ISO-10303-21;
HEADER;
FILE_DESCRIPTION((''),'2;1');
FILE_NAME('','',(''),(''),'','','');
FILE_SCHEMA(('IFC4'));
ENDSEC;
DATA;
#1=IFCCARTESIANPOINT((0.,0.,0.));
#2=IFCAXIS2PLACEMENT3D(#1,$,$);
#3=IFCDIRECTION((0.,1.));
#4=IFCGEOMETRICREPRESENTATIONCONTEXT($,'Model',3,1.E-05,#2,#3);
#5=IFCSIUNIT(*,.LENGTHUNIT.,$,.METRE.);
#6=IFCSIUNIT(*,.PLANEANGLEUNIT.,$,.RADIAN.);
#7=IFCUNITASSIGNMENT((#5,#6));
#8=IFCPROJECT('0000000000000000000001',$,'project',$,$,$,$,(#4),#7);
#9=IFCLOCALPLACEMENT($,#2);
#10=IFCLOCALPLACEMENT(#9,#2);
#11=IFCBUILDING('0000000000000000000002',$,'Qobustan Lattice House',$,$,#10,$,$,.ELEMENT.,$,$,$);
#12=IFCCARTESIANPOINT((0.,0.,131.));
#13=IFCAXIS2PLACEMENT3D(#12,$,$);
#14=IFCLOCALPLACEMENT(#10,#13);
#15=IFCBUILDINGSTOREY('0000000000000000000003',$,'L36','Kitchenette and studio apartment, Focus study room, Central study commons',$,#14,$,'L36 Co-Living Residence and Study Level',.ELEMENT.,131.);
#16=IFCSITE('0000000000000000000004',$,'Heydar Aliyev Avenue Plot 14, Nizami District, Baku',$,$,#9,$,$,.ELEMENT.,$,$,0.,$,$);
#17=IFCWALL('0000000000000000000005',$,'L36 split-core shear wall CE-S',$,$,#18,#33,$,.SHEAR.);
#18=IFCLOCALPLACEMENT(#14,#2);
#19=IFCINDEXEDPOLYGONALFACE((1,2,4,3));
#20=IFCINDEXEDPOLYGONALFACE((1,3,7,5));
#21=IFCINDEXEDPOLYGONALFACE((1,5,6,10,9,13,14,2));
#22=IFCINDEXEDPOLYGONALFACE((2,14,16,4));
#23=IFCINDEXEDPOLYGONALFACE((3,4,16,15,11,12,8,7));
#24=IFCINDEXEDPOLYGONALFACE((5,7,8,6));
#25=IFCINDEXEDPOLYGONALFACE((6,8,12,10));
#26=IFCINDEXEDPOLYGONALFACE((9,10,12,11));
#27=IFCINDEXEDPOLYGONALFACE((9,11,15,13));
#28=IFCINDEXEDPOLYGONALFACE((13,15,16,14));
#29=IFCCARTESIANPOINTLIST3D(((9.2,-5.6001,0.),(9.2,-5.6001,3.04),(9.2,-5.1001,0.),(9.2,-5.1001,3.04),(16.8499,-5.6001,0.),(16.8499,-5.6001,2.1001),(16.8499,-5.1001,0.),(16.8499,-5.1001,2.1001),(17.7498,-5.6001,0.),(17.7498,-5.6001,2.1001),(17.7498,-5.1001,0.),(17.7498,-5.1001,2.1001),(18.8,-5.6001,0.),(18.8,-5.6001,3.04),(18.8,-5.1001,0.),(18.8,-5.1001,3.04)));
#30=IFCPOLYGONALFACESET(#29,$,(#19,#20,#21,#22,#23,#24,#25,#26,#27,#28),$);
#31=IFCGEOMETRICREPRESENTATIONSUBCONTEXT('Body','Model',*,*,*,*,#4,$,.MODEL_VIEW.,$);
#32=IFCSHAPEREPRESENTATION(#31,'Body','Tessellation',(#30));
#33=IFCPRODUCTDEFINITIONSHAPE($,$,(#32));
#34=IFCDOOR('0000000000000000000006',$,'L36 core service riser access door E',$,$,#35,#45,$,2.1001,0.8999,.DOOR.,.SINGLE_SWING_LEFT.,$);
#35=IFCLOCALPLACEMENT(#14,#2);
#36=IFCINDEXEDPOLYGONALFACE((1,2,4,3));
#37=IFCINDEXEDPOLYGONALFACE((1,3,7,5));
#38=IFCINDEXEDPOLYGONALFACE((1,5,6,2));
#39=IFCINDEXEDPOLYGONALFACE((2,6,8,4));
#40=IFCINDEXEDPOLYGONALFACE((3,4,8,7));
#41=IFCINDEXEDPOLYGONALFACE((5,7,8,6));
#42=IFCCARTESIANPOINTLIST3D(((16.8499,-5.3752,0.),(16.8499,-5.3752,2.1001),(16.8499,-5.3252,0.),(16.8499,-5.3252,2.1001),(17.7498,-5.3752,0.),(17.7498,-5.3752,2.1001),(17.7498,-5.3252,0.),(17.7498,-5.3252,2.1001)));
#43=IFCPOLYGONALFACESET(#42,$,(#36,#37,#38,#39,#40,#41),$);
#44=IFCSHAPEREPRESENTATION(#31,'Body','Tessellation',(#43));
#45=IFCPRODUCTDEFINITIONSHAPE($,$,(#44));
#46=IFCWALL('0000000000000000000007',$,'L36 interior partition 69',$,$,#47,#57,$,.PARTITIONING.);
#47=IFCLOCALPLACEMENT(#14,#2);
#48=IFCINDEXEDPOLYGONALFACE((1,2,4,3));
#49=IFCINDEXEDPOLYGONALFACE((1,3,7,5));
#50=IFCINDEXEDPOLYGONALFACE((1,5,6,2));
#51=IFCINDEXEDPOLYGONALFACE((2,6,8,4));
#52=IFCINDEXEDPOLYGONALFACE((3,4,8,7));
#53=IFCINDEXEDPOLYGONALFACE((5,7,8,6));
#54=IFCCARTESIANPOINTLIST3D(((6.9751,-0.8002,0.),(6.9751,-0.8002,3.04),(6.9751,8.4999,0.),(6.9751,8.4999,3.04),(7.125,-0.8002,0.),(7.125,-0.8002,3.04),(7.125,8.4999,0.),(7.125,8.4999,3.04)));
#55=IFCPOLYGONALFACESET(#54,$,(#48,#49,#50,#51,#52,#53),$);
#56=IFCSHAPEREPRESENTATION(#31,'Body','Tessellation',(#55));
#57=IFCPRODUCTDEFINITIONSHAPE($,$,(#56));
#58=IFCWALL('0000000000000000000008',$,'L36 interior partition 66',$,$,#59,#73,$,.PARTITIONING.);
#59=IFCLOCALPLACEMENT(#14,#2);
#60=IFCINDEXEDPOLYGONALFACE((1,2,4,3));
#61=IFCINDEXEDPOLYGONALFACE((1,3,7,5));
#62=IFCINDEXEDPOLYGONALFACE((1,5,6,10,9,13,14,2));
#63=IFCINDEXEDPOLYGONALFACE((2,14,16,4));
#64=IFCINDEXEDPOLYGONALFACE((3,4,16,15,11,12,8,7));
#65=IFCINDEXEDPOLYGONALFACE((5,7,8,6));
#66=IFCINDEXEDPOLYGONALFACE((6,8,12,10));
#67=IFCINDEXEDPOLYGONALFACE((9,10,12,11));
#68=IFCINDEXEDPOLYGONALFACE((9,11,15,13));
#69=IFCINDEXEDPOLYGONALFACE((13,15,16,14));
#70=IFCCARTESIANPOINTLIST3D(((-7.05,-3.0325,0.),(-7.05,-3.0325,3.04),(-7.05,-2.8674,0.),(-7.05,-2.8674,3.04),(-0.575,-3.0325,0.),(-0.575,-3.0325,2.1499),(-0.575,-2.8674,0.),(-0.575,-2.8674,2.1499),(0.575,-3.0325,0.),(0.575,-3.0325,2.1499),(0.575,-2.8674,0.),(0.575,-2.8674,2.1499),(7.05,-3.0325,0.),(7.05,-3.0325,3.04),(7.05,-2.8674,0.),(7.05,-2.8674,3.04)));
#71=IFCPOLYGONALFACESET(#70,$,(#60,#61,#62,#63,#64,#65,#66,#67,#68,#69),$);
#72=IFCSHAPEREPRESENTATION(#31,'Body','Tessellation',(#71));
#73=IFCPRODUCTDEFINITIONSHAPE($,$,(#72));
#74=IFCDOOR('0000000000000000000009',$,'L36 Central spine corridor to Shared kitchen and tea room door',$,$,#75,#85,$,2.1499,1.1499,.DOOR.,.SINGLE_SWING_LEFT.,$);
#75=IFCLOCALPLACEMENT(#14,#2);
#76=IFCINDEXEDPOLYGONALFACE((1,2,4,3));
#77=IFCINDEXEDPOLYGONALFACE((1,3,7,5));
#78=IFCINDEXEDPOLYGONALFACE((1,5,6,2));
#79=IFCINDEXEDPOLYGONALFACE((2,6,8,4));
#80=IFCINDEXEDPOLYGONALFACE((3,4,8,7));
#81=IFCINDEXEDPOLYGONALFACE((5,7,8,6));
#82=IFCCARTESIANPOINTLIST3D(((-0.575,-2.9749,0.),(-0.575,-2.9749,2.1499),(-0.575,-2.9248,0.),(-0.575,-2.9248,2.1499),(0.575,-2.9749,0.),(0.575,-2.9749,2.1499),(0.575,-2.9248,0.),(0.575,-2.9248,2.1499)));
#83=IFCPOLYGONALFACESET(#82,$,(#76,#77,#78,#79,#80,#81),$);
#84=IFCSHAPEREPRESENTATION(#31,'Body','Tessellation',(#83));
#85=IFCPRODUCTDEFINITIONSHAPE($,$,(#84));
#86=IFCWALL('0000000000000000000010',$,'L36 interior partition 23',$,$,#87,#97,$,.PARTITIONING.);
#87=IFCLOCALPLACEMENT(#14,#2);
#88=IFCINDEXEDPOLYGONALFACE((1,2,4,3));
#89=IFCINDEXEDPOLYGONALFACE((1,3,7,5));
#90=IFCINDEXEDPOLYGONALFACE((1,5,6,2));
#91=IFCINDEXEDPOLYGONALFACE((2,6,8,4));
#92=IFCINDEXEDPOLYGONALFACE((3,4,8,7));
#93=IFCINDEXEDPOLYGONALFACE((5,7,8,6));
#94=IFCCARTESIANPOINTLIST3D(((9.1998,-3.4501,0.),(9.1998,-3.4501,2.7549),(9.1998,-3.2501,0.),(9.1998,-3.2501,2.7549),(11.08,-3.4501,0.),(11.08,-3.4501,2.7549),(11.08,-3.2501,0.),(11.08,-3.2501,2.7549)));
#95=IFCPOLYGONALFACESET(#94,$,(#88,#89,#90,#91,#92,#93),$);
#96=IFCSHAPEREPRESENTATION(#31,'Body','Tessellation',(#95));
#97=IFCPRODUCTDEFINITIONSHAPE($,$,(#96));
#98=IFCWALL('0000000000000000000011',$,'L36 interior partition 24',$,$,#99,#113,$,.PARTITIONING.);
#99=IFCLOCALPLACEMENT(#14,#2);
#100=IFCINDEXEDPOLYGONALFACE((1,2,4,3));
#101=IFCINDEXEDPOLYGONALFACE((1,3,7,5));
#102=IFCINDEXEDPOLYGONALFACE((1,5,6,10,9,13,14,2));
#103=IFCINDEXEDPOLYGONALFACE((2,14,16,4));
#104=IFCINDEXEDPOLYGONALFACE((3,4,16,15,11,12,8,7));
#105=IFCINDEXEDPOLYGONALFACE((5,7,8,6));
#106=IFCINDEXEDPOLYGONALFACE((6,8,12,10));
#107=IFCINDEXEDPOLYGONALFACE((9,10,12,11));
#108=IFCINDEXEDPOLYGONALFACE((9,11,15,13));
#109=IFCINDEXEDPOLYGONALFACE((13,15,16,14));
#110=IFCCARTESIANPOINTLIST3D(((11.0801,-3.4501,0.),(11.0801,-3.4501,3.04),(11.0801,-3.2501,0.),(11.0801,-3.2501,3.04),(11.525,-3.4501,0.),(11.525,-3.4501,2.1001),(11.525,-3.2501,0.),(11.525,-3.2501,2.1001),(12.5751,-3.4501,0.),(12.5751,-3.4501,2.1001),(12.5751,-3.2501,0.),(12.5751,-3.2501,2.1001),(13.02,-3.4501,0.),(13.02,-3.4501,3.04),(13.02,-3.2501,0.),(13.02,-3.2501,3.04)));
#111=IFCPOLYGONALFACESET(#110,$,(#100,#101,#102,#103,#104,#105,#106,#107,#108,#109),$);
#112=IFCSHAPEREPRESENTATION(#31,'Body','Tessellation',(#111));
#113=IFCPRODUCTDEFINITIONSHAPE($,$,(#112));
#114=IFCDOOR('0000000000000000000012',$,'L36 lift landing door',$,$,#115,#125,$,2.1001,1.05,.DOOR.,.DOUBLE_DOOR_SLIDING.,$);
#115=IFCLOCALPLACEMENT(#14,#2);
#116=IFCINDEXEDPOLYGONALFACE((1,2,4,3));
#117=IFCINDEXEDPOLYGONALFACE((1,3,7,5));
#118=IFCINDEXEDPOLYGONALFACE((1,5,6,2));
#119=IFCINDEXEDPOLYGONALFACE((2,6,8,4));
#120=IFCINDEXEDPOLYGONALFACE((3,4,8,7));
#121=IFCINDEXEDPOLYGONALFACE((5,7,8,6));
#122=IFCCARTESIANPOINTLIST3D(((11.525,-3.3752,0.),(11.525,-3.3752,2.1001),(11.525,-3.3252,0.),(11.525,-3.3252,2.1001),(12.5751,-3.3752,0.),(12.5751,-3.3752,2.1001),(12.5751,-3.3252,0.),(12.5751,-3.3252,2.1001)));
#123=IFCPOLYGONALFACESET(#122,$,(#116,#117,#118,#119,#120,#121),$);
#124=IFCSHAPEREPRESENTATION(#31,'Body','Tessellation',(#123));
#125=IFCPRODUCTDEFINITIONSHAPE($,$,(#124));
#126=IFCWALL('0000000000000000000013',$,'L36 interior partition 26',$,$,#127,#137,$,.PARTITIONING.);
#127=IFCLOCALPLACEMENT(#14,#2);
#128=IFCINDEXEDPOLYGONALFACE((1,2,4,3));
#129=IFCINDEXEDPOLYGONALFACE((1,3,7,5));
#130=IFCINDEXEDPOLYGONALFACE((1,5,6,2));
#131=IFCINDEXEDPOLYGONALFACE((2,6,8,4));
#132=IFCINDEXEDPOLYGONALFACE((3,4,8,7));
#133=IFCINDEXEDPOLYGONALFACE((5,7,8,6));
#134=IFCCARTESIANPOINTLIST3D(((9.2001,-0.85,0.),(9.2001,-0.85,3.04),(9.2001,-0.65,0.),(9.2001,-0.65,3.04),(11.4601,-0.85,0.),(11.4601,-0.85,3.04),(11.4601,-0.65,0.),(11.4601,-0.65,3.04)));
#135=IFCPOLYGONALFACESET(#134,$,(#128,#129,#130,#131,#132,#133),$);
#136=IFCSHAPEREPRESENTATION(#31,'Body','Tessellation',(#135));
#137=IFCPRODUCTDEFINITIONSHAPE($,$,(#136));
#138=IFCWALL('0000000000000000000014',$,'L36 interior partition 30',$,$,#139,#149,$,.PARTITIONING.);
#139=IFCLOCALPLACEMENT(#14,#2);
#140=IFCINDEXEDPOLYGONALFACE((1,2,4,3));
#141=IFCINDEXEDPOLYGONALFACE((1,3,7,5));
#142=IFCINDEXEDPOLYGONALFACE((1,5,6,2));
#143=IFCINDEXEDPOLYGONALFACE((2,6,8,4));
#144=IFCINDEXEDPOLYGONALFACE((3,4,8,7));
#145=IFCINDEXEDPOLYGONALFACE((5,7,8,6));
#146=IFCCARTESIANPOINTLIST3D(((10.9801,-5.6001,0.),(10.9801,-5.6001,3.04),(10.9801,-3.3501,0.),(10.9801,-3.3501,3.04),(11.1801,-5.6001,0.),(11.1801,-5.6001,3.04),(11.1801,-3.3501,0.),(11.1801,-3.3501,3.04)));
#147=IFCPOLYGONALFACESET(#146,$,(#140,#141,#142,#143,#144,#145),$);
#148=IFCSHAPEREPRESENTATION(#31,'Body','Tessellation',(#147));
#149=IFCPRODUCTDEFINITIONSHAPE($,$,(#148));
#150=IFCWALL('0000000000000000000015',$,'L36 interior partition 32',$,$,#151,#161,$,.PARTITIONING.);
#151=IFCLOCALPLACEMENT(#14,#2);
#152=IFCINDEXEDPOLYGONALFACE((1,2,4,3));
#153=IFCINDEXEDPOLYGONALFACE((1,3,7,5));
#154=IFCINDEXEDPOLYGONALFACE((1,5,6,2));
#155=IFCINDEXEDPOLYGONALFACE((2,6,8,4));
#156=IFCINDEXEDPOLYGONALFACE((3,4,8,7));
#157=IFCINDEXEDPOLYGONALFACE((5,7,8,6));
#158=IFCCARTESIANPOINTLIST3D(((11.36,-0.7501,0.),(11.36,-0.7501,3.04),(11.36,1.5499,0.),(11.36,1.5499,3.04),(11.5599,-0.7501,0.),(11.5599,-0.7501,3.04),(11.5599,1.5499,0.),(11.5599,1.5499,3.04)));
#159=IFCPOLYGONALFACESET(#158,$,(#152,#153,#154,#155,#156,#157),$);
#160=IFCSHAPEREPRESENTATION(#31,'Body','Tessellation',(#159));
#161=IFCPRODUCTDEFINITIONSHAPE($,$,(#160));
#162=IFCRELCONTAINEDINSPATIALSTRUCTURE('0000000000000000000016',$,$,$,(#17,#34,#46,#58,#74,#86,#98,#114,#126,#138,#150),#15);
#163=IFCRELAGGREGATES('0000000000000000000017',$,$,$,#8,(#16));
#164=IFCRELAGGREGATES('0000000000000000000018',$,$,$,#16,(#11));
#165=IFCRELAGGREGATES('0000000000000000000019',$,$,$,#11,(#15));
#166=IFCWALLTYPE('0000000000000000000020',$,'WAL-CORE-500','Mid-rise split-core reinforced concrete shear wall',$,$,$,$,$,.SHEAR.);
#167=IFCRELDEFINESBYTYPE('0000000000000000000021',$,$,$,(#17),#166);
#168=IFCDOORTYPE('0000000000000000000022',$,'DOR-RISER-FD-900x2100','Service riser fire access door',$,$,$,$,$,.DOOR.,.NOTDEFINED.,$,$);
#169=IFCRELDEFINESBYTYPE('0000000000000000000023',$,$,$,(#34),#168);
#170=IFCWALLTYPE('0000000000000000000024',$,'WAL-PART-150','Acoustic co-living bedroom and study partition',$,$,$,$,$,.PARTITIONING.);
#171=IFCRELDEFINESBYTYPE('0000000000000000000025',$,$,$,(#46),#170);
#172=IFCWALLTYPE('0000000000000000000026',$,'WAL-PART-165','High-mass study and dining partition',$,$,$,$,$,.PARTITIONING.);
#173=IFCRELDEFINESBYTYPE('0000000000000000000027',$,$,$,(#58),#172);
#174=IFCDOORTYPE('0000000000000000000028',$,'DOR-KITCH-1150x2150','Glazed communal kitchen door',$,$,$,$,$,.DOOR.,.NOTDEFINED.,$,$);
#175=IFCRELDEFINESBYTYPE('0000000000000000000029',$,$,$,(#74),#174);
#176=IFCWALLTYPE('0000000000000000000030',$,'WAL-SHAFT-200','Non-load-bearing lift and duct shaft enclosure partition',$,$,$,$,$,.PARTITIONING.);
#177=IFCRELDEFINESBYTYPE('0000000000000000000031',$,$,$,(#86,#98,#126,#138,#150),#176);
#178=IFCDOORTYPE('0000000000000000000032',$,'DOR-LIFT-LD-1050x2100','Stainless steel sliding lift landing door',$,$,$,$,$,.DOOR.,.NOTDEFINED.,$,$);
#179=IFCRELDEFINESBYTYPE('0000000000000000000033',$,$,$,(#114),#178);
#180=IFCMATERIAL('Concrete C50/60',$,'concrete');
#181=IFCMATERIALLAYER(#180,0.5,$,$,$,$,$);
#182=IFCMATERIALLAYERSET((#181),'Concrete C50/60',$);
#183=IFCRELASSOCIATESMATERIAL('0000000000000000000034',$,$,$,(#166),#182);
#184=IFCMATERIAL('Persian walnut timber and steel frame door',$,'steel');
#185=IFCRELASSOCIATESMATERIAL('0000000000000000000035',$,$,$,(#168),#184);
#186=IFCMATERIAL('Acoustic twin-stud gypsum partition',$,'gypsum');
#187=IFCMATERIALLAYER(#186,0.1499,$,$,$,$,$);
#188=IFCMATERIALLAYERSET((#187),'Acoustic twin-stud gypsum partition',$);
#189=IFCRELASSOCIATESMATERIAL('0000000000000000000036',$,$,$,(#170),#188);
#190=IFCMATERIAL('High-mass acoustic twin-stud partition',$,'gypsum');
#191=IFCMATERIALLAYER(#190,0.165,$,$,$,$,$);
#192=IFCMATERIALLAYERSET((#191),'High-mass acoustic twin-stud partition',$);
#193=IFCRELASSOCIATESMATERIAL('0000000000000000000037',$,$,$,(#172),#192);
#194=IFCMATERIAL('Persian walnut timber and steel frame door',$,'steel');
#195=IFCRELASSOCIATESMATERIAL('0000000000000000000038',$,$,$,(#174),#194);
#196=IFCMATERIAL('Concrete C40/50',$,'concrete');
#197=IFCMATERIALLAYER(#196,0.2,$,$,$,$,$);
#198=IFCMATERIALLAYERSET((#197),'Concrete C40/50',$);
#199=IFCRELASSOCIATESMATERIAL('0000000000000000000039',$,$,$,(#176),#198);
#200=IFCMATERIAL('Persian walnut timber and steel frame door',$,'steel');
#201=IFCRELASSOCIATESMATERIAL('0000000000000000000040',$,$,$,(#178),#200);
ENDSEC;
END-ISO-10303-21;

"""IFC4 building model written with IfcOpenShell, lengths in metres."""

from ifc_helpers import new_model, si_unit, direction, frame, frame_2d, origin, place, context, subcontext, project, spatial, rectangle, extrude, material, layer, layer_set, type_object, element, fill, save


model = new_model("IFC4")

# Units and contexts
model_context = context("Model", 3, precision=1e-05, world=origin(), true_north=direction((0.0, 1.0)))
body_context = subcontext(model_context, "Body", "Model", "MODEL_VIEW")
ifc_project = project(units=[si_unit("LENGTHUNIT", "METRE"), si_unit("PLANEANGLEUNIT", "RADIAN")], contexts=[model_context])

# Site, building, storey
site_placement = place(None, origin())
site = spatial("IfcSite", under=ifc_project, at=site_placement, Name="Heydar Aliyev Avenue Plot 14, Nizami District, Baku", CompositionType="ELEMENT", RefElevation=0.0)
building_placement = place(site_placement, origin())
building = spatial("IfcBuilding", under=site, at=building_placement, Name="Qobustan Lattice House", CompositionType="ELEMENT")
storey_placement = place(building_placement, frame((0.0, 0.0, 131.0)))
storey = spatial("IfcBuildingStorey", under=building, at=storey_placement, Name="L36", Description="Kitchenette and studio apartment, Focus study room, Central study commons", LongName="L36 Co-Living Residence and Study Level", CompositionType="ELEMENT", Elevation=131.0)

# Wall, opening, door
ifc_material_1 = material(Name="Concrete C50/60", Category="concrete")
ifc_layer_1 = layer(ifc_material_1, 0.5)
ifc_layer_set_1 = layer_set([ifc_layer_1], Name="Concrete C50/60")
wall_type_1 = type_object("IfcWallType", Name="WAL-CORE-500", Description="Mid-rise split-core reinforced concrete shear wall", PredefinedType="SHEAR", material=ifc_layer_set_1)
wall_1_placement = place(storey_placement, frame((9.2, -5.3501, 0.0), z_axis=(0.0, 0.0, 1.0), x_axis=(1.0, 0.0, 0.0)))
wall_1 = element("IfcWall", 1, at=wall_1_placement, inside=storey, type_object=wall_type_1, Name="L36 split-core shear wall CE-S", PredefinedType="SHEAR", context=body_context, shape_type="SweptSolid", body=[
    extrude(rectangle(XDim=9.6001, YDim=0.5, at=frame_2d((4.8, 0.0))), origin(), (0.0, 0.0, 1.0), 3.04),
])
opening_1_placement = place(wall_1_placement, frame((7.6499, 0.0, 0.0)))
opening_1 = element("IfcOpeningElement", 2, at=opening_1_placement, cuts=wall_1, PredefinedType="OPENING", context=body_context, shape_type="SweptSolid", body=[
    extrude(rectangle(XDim=0.8999, YDim=2.1001, at=frame_2d((0.45, 1.05))), frame((0.0, 0.26, 0.0), z_axis=(0.0, -1.0, 0.0), x_axis=(1.0, 0.0, 0.0)), (0.0, 0.0, 1.0), 0.52),
])
ifc_material_2 = material(Name="Persian walnut timber and steel frame door", Category="steel")
door_type_1 = type_object("IfcDoorType", Name="DOR-RISER-FD-900x2100", Description="Service riser fire access door", OperationType="NOTDEFINED", PredefinedType="DOOR", material=ifc_material_2)
door_1_placement = place(opening_1_placement, origin())
door_1 = element("IfcDoor", 3, at=door_1_placement, inside=storey, type_object=door_type_1, Name="L36 core service riser access door E", OperationType="SINGLE_SWING_LEFT", OverallHeight=2.1001, OverallWidth=0.8999, PredefinedType="DOOR", context=body_context, shape_type="SweptSolid", body=[
    extrude(rectangle(XDim=0.8999, YDim=2.1001, at=frame_2d((0.45, 1.05))), frame((0.0, 0.0249, 0.0), z_axis=(0.0, -1.0, 0.0), x_axis=(1.0, 0.0, 0.0)), (0.0, 0.0, 1.0), 0.05),
])
fill(opening_1, door_1)

# Wall
ifc_material_3 = material(Name="Acoustic twin-stud gypsum partition", Category="gypsum")
ifc_layer_2 = layer(ifc_material_3, 0.1499)
ifc_layer_set_2 = layer_set([ifc_layer_2], Name="Acoustic twin-stud gypsum partition")
wall_type_2 = type_object("IfcWallType", Name="WAL-PART-150", Description="Acoustic co-living bedroom and study partition", PredefinedType="PARTITIONING", material=ifc_layer_set_2)
wall_2_placement = place(storey_placement, frame((7.05, -0.8, 0.0), z_axis=(0.0, 0.0, 1.0), x_axis=(0.0, 1.0, 0.0)))
element("IfcWall", 4, at=wall_2_placement, inside=storey, type_object=wall_type_2, Name="L36 interior partition 69", PredefinedType="PARTITIONING", context=body_context, shape_type="SweptSolid", body=[
    extrude(rectangle(XDim=9.3, YDim=0.1499, at=frame_2d((4.6499, 0.0))), origin(), (0.0, 0.0, 1.0), 3.04),
])

# Wall, opening, door
ifc_material_4 = material(Name="High-mass acoustic twin-stud partition", Category="gypsum")
ifc_layer_3 = layer(ifc_material_4, 0.165)
ifc_layer_set_3 = layer_set([ifc_layer_3], Name="High-mass acoustic twin-stud partition")
wall_type_3 = type_object("IfcWallType", Name="WAL-PART-165", Description="High-mass study and dining partition", PredefinedType="PARTITIONING", material=ifc_layer_set_3)
wall_3_placement = place(storey_placement, frame((7.05, -2.95, 0.0), z_axis=(0.0, 0.0, 1.0), x_axis=(-1.0, 0.0, 0.0)))
wall_3 = element("IfcWall", 5, at=wall_3_placement, inside=storey, type_object=wall_type_3, Name="L36 interior partition 66", PredefinedType="PARTITIONING", context=body_context, shape_type="SweptSolid", body=[
    extrude(rectangle(XDim=14.1001, YDim=0.165, at=frame_2d((7.05, 0.0))), origin(), (0.0, 0.0, 1.0), 3.04),
])
opening_2_placement = place(wall_3_placement, frame((6.4751, 0.0, 0.0)))
opening_2 = element("IfcOpeningElement", 6, at=opening_2_placement, cuts=wall_3, PredefinedType="OPENING", context=body_context, shape_type="SweptSolid", body=[
    extrude(rectangle(XDim=1.1499, YDim=2.1499, at=frame_2d((0.575, 1.075))), frame((0.0, 0.0925, 0.0), z_axis=(0.0, -1.0, 0.0), x_axis=(1.0, 0.0, 0.0)), (0.0, 0.0, 1.0), 0.1851),
])
ifc_material_5 = material(Name="Persian walnut timber and steel frame door", Category="steel")
door_type_2 = type_object("IfcDoorType", Name="DOR-KITCH-1150x2150", Description="Glazed communal kitchen door", OperationType="NOTDEFINED", PredefinedType="DOOR", material=ifc_material_5)
door_2_placement = place(opening_2_placement, origin())
door_2 = element("IfcDoor", 7, at=door_2_placement, inside=storey, type_object=door_type_2, Name="L36 Central spine corridor to Shared kitchen and tea room door", OperationType="SINGLE_SWING_LEFT", OverallHeight=2.1499, OverallWidth=1.1499, PredefinedType="DOOR", context=body_context, shape_type="SweptSolid", body=[
    extrude(rectangle(XDim=1.1499, YDim=2.1499, at=frame_2d((0.575, 1.075))), frame((0.0, 0.0249, 0.0), z_axis=(0.0, -1.0, 0.0), x_axis=(1.0, 0.0, 0.0)), (0.0, 0.0, 1.0), 0.05),
])
fill(opening_2, door_2)

# Wall
ifc_material_6 = material(Name="Concrete C40/50", Category="concrete")
ifc_layer_4 = layer(ifc_material_6, 0.2)
ifc_layer_set_4 = layer_set([ifc_layer_4], Name="Concrete C40/50")
wall_type_4 = type_object("IfcWallType", Name="WAL-SHAFT-200", Description="Non-load-bearing lift and duct shaft enclosure partition", PredefinedType="PARTITIONING", material=ifc_layer_set_4)
wall_4_placement = place(storey_placement, frame((9.2, -3.3501, 0.0), z_axis=(0.0, 0.0, 1.0), x_axis=(1.0, 0.0, 0.0)))
element("IfcWall", 8, at=wall_4_placement, inside=storey, type_object=wall_type_4, Name="L36 interior partition 23", PredefinedType="PARTITIONING", context=body_context, shape_type="SweptSolid", body=[
    extrude(rectangle(XDim=1.8801, YDim=0.2, at=frame_2d((0.9399, 0.0))), origin(), (0.0, 0.0, 1.0), 2.7549),
])

# Wall, opening, door
wall_5_placement = place(storey_placement, frame((11.0801, -3.3501, 0.0), z_axis=(0.0, 0.0, 1.0), x_axis=(1.0, 0.0, 0.0)))
wall_5 = element("IfcWall", 9, at=wall_5_placement, inside=storey, type_object=wall_type_4, Name="L36 interior partition 24", PredefinedType="PARTITIONING", context=body_context, shape_type="SweptSolid", body=[
    extrude(rectangle(XDim=1.9399, YDim=0.2, at=frame_2d((0.97, 0.0))), origin(), (0.0, 0.0, 1.0), 3.04),
])
opening_3_placement = place(wall_5_placement, frame((0.4451, 0.0, 0.0)))
opening_3 = element("IfcOpeningElement", 10, at=opening_3_placement, cuts=wall_5, PredefinedType="OPENING", context=body_context, shape_type="SweptSolid", body=[
    extrude(rectangle(XDim=1.05, YDim=2.1001, at=frame_2d((0.5249, 1.05))), frame((0.0, 0.1099, 0.0), z_axis=(0.0, -1.0, 0.0), x_axis=(1.0, 0.0, 0.0)), (0.0, 0.0, 1.0), 0.22),
])
ifc_material_7 = material(Name="Persian walnut timber and steel frame door", Category="steel")
door_type_3 = type_object("IfcDoorType", Name="DOR-LIFT-LD-1050x2100", Description="Stainless steel sliding lift landing door", OperationType="NOTDEFINED", PredefinedType="DOOR", material=ifc_material_7)
door_3_placement = place(opening_3_placement, origin())
door_3 = element("IfcDoor", 11, at=door_3_placement, inside=storey, type_object=door_type_3, Name="L36 lift landing door", OperationType="DOUBLE_DOOR_SLIDING", OverallHeight=2.1001, OverallWidth=1.05, PredefinedType="DOOR", context=body_context, shape_type="SweptSolid", body=[
    extrude(rectangle(XDim=1.05, YDim=2.1001, at=frame_2d((0.5249, 1.05))), frame((0.0, 0.0249, 0.0), z_axis=(0.0, -1.0, 0.0), x_axis=(1.0, 0.0, 0.0)), (0.0, 0.0, 1.0), 0.05),
])
fill(opening_3, door_3)

# Walls
wall_6_placement = place(storey_placement, frame((11.46, -0.75, 0.0), z_axis=(0.0, 0.0, 1.0), x_axis=(-1.0, 0.0, 0.0)))
element("IfcWall", 12, at=wall_6_placement, inside=storey, type_object=wall_type_4, Name="L36 interior partition 26", PredefinedType="PARTITIONING", context=body_context, shape_type="SweptSolid", body=[
    extrude(rectangle(XDim=2.26, YDim=0.2, at=frame_2d((1.1299, 0.0))), origin(), (0.0, 0.0, 1.0), 3.04),
])
wall_7_placement = place(storey_placement, frame((11.0801, -5.6001, 0.0), z_axis=(0.0, 0.0, 1.0), x_axis=(0.0, 1.0, 0.0)))
element("IfcWall", 13, at=wall_7_placement, inside=storey, type_object=wall_type_4, Name="L36 interior partition 30", PredefinedType="PARTITIONING", context=body_context, shape_type="SweptSolid", body=[
    extrude(rectangle(XDim=2.25, YDim=0.2, at=frame_2d((1.125, 0.0))), origin(), (0.0, 0.0, 1.0), 3.04),
])
wall_8_placement = place(storey_placement, frame((11.46, -0.75, 0.0), z_axis=(0.0, 0.0, 1.0), x_axis=(0.0, 1.0, 0.0)))
element("IfcWall", 14, at=wall_8_placement, inside=storey, type_object=wall_type_4, Name="L36 interior partition 32", PredefinedType="PARTITIONING", context=body_context, shape_type="SweptSolid", body=[
    extrude(rectangle(XDim=2.3, YDim=0.2, at=frame_2d((1.1499, 0.0))), origin(), (0.0, 0.0, 1.0), 3.04),
])

save(model, "model.ifc")
